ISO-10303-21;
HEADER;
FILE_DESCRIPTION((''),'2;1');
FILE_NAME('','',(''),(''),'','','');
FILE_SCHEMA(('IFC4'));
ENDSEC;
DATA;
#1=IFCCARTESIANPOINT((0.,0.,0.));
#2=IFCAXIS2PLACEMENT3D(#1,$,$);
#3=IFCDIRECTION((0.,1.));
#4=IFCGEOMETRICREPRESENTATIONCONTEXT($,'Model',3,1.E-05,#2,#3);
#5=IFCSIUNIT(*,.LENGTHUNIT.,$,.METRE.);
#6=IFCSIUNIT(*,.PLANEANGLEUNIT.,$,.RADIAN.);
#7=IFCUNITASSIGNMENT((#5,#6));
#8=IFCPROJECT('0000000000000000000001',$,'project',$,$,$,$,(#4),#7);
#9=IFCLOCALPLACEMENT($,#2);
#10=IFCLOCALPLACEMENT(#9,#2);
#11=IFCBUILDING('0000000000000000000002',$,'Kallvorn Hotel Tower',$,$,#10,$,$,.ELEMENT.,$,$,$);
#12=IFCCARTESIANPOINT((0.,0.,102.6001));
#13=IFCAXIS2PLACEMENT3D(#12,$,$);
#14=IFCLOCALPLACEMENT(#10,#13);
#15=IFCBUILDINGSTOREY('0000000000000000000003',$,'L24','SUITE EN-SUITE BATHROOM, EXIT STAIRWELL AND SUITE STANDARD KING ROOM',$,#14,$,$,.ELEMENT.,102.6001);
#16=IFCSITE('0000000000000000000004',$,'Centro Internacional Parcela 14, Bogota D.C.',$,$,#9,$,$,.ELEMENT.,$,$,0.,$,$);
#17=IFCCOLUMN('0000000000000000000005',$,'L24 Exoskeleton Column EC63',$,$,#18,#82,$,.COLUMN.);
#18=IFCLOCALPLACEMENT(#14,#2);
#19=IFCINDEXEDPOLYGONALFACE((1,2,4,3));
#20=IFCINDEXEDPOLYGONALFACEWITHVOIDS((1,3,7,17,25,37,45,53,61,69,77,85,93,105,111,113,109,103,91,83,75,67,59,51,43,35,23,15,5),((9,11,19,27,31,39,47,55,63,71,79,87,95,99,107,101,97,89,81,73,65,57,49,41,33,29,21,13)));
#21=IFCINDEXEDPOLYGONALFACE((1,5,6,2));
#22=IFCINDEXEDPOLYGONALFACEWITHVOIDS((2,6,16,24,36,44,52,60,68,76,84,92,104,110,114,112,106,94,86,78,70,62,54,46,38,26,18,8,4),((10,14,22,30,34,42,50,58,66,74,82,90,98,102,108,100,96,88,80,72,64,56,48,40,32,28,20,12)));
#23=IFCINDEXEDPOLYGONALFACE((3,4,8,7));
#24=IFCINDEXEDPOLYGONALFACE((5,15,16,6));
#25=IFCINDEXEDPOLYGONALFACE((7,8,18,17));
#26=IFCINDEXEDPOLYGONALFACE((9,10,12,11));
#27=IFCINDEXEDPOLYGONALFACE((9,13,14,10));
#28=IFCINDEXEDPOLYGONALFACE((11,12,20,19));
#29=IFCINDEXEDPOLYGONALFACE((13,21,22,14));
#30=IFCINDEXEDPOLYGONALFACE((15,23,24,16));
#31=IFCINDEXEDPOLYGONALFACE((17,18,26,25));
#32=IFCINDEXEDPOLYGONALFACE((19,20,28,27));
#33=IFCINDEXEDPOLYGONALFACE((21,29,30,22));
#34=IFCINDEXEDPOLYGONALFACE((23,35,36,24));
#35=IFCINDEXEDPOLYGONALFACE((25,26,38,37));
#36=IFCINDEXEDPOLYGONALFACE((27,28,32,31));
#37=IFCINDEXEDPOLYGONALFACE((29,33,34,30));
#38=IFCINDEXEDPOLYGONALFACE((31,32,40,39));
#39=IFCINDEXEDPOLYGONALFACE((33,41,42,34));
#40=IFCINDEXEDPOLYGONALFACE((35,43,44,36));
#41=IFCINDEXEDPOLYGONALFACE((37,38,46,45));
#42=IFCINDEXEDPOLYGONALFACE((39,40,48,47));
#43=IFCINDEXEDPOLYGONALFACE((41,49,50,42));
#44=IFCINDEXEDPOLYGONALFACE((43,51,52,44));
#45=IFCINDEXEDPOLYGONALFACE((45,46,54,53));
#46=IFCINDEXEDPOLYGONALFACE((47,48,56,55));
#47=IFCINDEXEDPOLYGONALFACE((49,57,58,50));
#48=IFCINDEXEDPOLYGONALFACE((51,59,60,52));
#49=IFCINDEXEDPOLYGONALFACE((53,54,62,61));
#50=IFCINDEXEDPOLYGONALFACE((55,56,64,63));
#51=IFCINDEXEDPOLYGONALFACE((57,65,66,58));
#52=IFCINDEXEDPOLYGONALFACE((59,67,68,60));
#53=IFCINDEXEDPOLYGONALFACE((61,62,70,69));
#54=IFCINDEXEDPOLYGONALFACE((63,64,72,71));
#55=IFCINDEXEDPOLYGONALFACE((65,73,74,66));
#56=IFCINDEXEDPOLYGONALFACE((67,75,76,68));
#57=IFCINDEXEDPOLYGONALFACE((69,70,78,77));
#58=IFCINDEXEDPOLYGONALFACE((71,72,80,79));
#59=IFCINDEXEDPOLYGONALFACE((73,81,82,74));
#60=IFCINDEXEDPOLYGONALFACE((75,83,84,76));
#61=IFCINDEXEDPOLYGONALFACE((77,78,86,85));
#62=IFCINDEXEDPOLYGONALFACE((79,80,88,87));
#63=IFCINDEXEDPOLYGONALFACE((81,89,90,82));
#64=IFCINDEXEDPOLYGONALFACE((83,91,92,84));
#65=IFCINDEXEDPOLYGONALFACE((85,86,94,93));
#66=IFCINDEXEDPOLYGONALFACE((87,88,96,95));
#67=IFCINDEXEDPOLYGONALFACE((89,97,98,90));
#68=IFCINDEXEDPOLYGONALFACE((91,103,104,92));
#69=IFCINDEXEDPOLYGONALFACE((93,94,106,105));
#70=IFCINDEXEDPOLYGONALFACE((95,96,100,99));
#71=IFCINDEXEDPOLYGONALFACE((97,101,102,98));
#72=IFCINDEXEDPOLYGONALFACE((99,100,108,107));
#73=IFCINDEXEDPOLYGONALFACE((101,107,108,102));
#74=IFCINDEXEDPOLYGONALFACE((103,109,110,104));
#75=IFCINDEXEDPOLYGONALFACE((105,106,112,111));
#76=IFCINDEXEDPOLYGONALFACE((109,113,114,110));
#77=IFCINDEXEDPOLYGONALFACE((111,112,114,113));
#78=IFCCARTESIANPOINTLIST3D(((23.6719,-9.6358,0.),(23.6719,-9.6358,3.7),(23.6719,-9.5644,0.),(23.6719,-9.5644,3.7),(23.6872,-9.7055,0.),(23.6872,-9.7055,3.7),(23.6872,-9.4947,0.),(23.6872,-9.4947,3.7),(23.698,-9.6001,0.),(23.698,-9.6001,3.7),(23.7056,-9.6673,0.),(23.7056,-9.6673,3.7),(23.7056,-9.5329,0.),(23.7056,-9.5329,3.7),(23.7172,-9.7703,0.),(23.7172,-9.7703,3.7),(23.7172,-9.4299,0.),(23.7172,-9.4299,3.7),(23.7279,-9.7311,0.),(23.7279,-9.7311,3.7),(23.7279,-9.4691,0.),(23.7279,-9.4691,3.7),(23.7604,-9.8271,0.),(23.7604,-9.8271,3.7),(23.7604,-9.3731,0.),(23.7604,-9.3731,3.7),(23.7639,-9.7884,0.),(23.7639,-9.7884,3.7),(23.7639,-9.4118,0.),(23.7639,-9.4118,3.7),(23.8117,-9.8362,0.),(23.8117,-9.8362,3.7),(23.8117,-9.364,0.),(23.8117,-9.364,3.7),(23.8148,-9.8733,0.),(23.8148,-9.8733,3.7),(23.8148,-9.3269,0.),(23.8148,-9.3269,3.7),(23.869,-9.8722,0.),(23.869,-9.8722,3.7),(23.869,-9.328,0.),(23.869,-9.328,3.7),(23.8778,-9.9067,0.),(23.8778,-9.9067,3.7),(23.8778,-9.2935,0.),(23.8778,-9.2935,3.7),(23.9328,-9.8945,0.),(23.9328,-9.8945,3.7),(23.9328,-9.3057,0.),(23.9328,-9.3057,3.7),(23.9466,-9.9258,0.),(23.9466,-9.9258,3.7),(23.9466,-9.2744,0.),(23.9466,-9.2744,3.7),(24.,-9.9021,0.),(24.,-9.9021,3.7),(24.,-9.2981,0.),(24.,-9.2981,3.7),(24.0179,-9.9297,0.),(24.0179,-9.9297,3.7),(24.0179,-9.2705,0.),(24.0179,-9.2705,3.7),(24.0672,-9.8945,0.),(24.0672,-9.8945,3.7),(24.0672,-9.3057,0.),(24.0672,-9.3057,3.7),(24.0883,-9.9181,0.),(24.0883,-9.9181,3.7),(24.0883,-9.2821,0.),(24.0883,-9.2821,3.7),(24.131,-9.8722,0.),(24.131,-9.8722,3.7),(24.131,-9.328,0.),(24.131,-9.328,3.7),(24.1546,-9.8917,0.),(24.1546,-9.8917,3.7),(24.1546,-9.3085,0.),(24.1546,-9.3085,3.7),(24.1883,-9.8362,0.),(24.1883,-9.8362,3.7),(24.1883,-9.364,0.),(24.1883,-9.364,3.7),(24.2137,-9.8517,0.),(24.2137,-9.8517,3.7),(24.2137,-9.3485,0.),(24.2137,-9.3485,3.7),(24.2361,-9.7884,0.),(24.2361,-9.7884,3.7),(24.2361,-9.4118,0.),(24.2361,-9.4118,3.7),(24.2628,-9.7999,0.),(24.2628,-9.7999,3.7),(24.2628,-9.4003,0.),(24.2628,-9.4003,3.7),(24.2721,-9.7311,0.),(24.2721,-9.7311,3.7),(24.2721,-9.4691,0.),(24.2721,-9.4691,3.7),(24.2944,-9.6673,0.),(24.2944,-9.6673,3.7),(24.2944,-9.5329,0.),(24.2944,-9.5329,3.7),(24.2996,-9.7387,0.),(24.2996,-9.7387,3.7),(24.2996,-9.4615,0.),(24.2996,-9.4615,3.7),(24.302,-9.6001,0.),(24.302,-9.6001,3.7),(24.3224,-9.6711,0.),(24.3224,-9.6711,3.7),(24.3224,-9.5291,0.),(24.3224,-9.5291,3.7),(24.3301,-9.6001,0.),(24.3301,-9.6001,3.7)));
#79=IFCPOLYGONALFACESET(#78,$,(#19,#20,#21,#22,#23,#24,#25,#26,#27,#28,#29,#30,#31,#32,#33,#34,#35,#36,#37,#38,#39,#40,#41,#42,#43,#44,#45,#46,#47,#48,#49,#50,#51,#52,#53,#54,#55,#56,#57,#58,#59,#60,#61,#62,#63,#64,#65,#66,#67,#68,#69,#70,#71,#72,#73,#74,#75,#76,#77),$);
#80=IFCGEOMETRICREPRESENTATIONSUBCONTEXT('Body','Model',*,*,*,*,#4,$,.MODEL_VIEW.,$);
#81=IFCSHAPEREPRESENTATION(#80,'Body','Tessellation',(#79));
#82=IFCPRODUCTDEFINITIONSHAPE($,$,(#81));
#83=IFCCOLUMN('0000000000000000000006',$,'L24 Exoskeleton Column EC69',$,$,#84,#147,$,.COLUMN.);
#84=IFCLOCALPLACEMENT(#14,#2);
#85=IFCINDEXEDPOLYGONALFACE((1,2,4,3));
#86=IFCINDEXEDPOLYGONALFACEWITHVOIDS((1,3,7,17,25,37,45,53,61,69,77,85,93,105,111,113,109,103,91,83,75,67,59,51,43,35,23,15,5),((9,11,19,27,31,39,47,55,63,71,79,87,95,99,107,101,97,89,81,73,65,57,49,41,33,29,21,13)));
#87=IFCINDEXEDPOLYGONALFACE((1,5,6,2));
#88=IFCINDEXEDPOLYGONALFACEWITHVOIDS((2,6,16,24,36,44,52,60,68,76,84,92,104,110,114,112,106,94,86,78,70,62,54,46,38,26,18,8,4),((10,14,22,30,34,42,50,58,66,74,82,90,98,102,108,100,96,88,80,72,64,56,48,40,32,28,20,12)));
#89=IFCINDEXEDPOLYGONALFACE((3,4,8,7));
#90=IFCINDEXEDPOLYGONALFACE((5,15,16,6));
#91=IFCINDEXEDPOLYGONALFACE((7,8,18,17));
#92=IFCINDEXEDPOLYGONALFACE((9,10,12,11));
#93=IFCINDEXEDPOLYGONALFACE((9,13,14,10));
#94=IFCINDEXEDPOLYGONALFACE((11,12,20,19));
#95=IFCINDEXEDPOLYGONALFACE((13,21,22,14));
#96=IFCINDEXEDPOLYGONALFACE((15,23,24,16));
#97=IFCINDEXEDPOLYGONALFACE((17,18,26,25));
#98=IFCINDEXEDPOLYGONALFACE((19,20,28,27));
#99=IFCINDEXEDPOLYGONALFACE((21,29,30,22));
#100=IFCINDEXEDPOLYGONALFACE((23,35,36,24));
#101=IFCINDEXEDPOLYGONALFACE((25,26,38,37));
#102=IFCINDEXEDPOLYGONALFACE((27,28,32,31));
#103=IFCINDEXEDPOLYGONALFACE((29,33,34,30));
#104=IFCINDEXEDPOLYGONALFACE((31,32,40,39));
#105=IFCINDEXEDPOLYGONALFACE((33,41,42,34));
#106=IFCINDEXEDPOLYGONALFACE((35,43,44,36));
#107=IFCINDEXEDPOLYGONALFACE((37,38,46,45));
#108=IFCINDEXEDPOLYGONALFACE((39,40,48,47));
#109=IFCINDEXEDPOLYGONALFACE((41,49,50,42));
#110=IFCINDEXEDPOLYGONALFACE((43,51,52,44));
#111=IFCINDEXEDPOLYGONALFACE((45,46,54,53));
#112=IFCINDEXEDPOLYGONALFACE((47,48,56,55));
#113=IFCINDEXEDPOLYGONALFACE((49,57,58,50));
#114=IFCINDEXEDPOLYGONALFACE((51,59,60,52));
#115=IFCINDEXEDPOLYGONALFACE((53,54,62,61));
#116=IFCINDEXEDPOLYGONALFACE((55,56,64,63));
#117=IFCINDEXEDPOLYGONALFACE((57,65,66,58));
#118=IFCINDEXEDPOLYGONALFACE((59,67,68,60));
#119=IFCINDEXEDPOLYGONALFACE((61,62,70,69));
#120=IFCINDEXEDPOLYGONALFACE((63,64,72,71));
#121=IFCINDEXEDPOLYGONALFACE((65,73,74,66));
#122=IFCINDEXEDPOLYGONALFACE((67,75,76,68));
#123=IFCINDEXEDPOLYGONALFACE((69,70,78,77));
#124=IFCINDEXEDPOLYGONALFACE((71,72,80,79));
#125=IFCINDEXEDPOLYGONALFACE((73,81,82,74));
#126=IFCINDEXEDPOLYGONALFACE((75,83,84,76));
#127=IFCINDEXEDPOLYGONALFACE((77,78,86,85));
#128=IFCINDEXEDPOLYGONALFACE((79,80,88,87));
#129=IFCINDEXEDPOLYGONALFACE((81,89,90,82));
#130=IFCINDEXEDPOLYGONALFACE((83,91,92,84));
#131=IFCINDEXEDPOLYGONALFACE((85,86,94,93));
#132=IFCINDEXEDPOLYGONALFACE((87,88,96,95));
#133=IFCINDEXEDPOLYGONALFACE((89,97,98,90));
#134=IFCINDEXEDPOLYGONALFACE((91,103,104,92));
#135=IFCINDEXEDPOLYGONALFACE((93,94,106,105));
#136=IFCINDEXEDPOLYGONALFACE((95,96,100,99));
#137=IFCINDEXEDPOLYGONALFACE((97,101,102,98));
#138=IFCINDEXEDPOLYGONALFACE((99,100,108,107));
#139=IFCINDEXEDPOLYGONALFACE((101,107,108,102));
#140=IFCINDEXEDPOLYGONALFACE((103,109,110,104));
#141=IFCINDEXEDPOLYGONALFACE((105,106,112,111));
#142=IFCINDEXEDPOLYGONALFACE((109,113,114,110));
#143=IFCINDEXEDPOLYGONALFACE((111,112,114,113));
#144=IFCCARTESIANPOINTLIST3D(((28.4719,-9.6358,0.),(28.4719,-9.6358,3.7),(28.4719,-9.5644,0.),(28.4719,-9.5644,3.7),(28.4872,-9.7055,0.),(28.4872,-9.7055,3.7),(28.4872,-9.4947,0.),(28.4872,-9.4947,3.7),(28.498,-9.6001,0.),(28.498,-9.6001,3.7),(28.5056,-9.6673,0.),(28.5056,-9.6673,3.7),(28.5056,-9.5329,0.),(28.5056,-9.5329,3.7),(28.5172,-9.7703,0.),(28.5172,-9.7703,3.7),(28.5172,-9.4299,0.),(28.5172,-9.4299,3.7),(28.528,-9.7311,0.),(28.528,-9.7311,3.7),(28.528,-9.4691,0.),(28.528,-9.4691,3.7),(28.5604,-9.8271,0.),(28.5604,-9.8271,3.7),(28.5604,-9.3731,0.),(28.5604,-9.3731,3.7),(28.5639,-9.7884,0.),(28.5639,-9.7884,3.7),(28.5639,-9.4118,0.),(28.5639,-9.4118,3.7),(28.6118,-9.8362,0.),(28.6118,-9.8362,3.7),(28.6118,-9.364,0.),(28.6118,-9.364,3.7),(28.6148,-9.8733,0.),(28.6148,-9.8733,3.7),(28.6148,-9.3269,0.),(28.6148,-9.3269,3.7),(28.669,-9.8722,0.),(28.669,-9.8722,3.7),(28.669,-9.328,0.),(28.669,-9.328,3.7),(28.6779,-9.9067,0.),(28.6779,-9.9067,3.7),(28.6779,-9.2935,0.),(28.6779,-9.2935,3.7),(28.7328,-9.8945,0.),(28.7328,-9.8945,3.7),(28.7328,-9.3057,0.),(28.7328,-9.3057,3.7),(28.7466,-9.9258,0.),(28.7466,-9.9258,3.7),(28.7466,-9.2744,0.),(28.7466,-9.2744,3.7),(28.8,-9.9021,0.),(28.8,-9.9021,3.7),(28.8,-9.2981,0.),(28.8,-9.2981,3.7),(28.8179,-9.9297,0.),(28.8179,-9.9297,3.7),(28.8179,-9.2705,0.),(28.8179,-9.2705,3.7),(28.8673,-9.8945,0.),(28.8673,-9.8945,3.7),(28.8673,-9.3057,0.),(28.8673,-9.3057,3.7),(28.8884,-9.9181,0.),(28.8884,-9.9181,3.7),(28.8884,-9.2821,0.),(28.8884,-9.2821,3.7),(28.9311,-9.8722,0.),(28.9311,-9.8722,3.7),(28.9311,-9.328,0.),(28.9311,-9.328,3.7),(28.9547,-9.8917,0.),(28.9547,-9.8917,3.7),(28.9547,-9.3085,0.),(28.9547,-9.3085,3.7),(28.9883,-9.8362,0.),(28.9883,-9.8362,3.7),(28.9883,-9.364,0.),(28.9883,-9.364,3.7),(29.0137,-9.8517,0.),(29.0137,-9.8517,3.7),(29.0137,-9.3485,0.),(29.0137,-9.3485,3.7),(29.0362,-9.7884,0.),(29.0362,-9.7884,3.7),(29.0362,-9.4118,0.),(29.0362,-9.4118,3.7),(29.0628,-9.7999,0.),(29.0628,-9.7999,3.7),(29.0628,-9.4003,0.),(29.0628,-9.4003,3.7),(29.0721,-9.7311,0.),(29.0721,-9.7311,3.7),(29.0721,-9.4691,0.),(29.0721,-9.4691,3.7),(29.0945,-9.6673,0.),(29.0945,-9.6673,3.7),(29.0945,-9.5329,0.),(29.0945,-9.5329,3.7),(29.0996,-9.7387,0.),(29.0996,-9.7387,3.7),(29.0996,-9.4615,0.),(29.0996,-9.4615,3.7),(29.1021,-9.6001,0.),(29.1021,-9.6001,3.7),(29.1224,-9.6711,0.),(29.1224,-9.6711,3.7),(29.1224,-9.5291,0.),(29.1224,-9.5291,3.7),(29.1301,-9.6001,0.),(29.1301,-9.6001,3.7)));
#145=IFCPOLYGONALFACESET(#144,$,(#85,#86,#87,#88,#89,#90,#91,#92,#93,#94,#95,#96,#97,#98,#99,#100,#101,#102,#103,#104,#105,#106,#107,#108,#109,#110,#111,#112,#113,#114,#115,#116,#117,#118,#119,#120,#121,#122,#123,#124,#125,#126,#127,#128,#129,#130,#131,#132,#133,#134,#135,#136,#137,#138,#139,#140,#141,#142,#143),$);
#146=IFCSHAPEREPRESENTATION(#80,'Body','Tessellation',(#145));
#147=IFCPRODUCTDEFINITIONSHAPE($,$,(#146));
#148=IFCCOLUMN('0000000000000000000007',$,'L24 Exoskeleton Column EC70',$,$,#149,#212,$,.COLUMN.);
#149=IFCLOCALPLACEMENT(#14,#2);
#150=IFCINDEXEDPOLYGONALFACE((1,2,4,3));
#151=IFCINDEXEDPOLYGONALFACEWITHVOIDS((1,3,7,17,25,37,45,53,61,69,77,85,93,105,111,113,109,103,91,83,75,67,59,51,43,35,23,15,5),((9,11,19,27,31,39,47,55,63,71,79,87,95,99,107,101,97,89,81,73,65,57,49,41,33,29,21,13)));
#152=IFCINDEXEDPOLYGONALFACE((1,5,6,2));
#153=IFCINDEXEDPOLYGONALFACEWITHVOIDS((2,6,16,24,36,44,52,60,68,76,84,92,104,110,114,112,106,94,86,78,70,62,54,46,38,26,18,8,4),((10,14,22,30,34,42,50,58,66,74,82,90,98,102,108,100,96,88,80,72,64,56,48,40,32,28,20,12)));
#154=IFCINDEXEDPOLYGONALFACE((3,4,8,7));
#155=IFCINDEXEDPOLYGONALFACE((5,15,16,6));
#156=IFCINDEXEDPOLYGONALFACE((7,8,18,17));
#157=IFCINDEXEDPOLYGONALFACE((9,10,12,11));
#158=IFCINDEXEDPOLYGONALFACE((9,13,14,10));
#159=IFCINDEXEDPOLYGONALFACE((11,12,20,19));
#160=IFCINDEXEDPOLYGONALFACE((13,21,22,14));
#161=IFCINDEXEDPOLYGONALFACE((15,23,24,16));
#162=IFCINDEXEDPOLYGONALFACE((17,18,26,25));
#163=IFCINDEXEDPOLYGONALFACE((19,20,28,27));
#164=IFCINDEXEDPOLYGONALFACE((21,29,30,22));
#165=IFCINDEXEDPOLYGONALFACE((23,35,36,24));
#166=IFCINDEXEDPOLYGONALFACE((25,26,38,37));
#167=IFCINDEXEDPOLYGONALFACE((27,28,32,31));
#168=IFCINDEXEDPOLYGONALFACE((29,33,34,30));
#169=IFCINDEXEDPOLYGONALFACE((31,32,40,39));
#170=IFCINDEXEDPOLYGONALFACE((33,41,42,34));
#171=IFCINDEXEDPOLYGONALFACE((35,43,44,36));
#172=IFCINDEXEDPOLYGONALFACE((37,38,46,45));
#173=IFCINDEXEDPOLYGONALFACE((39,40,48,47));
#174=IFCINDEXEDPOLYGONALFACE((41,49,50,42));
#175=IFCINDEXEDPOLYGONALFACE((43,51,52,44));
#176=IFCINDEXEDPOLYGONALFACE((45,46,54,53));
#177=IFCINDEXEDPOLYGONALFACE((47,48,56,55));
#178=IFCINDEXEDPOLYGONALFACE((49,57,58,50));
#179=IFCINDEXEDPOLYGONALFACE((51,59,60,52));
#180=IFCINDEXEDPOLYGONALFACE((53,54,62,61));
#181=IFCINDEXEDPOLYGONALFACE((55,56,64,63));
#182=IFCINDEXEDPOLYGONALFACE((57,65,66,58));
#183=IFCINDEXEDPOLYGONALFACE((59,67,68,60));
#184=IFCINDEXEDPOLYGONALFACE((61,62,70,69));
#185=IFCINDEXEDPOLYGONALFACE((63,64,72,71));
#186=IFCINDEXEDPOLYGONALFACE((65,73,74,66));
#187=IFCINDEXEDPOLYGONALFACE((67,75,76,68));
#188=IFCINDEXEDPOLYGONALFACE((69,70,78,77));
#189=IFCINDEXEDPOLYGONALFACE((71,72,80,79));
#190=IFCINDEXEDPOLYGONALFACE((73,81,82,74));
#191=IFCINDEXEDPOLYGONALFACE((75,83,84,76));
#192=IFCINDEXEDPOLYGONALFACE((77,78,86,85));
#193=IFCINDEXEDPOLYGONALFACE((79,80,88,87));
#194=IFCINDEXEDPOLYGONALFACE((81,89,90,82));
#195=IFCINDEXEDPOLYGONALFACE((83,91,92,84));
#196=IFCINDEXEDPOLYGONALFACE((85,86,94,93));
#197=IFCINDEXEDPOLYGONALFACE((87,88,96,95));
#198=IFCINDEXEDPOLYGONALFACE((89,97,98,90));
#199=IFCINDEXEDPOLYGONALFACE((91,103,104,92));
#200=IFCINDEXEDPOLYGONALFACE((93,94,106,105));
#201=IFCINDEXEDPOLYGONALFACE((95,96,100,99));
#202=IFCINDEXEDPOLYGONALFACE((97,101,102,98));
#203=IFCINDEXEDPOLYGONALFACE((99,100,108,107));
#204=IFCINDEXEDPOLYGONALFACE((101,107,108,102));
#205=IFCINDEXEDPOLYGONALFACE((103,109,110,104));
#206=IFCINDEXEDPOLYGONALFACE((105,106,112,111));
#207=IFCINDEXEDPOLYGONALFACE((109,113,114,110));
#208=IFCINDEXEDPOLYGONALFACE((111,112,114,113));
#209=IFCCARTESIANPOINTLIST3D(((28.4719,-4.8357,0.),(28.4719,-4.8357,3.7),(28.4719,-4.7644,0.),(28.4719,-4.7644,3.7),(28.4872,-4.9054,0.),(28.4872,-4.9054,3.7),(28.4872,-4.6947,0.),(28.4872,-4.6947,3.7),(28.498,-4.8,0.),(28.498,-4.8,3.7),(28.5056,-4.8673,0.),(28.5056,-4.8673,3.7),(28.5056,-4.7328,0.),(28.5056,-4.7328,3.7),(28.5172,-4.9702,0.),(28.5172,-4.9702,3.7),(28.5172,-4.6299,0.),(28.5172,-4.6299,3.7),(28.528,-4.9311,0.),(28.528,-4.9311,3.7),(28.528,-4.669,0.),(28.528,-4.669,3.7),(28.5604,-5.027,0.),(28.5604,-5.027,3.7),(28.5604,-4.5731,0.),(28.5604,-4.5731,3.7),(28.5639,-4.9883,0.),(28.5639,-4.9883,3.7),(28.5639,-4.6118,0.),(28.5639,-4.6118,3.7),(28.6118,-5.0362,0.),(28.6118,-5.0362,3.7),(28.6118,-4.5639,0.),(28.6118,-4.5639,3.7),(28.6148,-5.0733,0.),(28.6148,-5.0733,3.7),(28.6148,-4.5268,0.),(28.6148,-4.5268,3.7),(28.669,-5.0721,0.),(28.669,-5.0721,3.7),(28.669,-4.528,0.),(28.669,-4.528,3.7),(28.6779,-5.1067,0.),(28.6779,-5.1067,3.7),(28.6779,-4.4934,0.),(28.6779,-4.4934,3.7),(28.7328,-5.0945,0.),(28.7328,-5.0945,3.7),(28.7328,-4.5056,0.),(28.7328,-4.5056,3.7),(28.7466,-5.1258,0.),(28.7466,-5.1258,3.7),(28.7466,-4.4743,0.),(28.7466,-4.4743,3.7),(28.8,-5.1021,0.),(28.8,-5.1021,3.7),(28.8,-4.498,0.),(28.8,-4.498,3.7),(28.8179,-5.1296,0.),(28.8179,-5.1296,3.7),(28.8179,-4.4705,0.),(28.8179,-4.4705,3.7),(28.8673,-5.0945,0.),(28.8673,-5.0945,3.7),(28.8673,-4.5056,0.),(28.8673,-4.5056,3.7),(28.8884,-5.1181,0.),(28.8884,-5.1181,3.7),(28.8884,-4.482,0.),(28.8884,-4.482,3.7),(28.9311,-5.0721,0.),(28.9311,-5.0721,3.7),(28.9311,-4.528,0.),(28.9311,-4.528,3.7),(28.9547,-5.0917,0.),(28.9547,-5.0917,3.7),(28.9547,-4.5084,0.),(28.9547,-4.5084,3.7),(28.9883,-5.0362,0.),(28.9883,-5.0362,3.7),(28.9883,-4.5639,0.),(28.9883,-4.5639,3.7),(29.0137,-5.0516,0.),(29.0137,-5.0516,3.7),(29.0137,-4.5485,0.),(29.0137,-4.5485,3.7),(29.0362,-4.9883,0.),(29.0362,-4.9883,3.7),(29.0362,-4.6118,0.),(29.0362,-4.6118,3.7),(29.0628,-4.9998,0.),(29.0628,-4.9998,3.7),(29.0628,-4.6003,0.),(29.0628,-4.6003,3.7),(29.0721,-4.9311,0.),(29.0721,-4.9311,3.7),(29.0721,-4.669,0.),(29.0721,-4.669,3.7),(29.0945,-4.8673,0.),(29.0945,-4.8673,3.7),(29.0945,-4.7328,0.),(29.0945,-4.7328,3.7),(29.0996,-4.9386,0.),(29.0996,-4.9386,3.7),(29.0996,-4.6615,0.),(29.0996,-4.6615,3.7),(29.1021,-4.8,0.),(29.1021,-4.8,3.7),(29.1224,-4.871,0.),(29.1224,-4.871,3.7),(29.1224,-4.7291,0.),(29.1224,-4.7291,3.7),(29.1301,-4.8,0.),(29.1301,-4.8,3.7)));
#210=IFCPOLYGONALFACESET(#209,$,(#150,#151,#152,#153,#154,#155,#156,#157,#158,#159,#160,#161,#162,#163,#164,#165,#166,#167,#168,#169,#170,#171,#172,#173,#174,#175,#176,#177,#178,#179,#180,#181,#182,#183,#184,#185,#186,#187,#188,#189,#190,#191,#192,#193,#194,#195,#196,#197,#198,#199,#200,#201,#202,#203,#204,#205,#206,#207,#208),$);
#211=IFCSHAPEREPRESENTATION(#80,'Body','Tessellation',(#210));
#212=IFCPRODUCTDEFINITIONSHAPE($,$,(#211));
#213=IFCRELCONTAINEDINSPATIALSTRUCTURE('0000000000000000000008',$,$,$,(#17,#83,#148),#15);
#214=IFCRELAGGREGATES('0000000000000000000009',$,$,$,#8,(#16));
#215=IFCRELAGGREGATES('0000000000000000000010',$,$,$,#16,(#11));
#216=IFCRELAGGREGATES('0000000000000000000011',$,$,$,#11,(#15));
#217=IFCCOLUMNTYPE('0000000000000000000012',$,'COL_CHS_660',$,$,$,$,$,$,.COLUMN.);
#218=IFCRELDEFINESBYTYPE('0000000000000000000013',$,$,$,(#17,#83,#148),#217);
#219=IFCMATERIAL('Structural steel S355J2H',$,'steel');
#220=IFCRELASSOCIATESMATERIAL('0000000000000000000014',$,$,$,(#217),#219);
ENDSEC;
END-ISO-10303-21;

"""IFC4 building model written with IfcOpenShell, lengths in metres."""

from ifc_helpers import new_model, si_unit, direction, frame, origin, origin_2d, place, context, subcontext, project, spatial, hollow_circle, extrude, material, material_profile, profile_set, type_object, element, save


model = new_model("IFC4")

# Units and contexts
model_context = context("Model", 3, precision=1e-05, world=origin(), true_north=direction((0.0, 1.0)))
body_context = subcontext(model_context, "Body", "Model", "MODEL_VIEW")
ifc_project = project(units=[si_unit("LENGTHUNIT", "METRE"), si_unit("PLANEANGLEUNIT", "RADIAN")], contexts=[model_context])

# Site, building, storey
site_placement = place(None, origin())
site = spatial("IfcSite", under=ifc_project, at=site_placement, Name="Centro Internacional Parcela 14, Bogota D.C.", CompositionType="ELEMENT", RefElevation=0.0)
building_placement = place(site_placement, origin())
building = spatial("IfcBuilding", under=site, at=building_placement, Name="Kallvorn Hotel Tower", CompositionType="ELEMENT")
storey_placement = place(building_placement, frame((0.0, 0.0, 102.6001)))
storey = spatial("IfcBuildingStorey", under=building, at=storey_placement, Name="L24", Description="SUITE EN-SUITE BATHROOM, EXIT STAIRWELL AND SUITE STANDARD KING ROOM", CompositionType="ELEMENT", Elevation=102.6001)

# Columns
ifc_material_1 = material(Name="Structural steel S355J2H", Category="steel")
ifc_material_profile_1 = material_profile(ifc_material_1, hollow_circle(Radius=0.3301, WallThickness=0.0281, at=origin_2d()), Name="CHS 660x28")
ifc_profile_set_1 = profile_set([ifc_material_profile_1], Name="Structural steel S355J2H")
column_type_1 = type_object("IfcColumnType", Name="COL_CHS_660", PredefinedType="COLUMN", material=ifc_profile_set_1)
for number, where, z_axis, x_axis, name in (
    (1, (24.0, -9.6001, 0.0), (0.0, 0.0, 1.0), (1.0, 0.0, 0.0), "L24 Exoskeleton Column EC63"),
    (2, (28.8, -9.6001, 0.0), (0.0, 0.0, 1.0), (1.0, 0.0, 0.0), "L24 Exoskeleton Column EC69"),
    (3, (28.8, -4.8, 0.0), (0.0, 0.0, 1.0), (1.0, 0.0, 0.0), "L24 Exoskeleton Column EC70"),
):
    element("IfcColumn", number, at=place(storey_placement, frame(where, z_axis=z_axis, x_axis=x_axis)), inside=storey, type_object=column_type_1, Name=name, PredefinedType="COLUMN", context=body_context, shape_type="SweptSolid", body=[
        extrude(hollow_circle(Radius=0.3301, WallThickness=0.0281, at=origin_2d()), origin(), (0.0, 0.0, 1.0), 3.7),
    ])

save(model, "model.ifc")
